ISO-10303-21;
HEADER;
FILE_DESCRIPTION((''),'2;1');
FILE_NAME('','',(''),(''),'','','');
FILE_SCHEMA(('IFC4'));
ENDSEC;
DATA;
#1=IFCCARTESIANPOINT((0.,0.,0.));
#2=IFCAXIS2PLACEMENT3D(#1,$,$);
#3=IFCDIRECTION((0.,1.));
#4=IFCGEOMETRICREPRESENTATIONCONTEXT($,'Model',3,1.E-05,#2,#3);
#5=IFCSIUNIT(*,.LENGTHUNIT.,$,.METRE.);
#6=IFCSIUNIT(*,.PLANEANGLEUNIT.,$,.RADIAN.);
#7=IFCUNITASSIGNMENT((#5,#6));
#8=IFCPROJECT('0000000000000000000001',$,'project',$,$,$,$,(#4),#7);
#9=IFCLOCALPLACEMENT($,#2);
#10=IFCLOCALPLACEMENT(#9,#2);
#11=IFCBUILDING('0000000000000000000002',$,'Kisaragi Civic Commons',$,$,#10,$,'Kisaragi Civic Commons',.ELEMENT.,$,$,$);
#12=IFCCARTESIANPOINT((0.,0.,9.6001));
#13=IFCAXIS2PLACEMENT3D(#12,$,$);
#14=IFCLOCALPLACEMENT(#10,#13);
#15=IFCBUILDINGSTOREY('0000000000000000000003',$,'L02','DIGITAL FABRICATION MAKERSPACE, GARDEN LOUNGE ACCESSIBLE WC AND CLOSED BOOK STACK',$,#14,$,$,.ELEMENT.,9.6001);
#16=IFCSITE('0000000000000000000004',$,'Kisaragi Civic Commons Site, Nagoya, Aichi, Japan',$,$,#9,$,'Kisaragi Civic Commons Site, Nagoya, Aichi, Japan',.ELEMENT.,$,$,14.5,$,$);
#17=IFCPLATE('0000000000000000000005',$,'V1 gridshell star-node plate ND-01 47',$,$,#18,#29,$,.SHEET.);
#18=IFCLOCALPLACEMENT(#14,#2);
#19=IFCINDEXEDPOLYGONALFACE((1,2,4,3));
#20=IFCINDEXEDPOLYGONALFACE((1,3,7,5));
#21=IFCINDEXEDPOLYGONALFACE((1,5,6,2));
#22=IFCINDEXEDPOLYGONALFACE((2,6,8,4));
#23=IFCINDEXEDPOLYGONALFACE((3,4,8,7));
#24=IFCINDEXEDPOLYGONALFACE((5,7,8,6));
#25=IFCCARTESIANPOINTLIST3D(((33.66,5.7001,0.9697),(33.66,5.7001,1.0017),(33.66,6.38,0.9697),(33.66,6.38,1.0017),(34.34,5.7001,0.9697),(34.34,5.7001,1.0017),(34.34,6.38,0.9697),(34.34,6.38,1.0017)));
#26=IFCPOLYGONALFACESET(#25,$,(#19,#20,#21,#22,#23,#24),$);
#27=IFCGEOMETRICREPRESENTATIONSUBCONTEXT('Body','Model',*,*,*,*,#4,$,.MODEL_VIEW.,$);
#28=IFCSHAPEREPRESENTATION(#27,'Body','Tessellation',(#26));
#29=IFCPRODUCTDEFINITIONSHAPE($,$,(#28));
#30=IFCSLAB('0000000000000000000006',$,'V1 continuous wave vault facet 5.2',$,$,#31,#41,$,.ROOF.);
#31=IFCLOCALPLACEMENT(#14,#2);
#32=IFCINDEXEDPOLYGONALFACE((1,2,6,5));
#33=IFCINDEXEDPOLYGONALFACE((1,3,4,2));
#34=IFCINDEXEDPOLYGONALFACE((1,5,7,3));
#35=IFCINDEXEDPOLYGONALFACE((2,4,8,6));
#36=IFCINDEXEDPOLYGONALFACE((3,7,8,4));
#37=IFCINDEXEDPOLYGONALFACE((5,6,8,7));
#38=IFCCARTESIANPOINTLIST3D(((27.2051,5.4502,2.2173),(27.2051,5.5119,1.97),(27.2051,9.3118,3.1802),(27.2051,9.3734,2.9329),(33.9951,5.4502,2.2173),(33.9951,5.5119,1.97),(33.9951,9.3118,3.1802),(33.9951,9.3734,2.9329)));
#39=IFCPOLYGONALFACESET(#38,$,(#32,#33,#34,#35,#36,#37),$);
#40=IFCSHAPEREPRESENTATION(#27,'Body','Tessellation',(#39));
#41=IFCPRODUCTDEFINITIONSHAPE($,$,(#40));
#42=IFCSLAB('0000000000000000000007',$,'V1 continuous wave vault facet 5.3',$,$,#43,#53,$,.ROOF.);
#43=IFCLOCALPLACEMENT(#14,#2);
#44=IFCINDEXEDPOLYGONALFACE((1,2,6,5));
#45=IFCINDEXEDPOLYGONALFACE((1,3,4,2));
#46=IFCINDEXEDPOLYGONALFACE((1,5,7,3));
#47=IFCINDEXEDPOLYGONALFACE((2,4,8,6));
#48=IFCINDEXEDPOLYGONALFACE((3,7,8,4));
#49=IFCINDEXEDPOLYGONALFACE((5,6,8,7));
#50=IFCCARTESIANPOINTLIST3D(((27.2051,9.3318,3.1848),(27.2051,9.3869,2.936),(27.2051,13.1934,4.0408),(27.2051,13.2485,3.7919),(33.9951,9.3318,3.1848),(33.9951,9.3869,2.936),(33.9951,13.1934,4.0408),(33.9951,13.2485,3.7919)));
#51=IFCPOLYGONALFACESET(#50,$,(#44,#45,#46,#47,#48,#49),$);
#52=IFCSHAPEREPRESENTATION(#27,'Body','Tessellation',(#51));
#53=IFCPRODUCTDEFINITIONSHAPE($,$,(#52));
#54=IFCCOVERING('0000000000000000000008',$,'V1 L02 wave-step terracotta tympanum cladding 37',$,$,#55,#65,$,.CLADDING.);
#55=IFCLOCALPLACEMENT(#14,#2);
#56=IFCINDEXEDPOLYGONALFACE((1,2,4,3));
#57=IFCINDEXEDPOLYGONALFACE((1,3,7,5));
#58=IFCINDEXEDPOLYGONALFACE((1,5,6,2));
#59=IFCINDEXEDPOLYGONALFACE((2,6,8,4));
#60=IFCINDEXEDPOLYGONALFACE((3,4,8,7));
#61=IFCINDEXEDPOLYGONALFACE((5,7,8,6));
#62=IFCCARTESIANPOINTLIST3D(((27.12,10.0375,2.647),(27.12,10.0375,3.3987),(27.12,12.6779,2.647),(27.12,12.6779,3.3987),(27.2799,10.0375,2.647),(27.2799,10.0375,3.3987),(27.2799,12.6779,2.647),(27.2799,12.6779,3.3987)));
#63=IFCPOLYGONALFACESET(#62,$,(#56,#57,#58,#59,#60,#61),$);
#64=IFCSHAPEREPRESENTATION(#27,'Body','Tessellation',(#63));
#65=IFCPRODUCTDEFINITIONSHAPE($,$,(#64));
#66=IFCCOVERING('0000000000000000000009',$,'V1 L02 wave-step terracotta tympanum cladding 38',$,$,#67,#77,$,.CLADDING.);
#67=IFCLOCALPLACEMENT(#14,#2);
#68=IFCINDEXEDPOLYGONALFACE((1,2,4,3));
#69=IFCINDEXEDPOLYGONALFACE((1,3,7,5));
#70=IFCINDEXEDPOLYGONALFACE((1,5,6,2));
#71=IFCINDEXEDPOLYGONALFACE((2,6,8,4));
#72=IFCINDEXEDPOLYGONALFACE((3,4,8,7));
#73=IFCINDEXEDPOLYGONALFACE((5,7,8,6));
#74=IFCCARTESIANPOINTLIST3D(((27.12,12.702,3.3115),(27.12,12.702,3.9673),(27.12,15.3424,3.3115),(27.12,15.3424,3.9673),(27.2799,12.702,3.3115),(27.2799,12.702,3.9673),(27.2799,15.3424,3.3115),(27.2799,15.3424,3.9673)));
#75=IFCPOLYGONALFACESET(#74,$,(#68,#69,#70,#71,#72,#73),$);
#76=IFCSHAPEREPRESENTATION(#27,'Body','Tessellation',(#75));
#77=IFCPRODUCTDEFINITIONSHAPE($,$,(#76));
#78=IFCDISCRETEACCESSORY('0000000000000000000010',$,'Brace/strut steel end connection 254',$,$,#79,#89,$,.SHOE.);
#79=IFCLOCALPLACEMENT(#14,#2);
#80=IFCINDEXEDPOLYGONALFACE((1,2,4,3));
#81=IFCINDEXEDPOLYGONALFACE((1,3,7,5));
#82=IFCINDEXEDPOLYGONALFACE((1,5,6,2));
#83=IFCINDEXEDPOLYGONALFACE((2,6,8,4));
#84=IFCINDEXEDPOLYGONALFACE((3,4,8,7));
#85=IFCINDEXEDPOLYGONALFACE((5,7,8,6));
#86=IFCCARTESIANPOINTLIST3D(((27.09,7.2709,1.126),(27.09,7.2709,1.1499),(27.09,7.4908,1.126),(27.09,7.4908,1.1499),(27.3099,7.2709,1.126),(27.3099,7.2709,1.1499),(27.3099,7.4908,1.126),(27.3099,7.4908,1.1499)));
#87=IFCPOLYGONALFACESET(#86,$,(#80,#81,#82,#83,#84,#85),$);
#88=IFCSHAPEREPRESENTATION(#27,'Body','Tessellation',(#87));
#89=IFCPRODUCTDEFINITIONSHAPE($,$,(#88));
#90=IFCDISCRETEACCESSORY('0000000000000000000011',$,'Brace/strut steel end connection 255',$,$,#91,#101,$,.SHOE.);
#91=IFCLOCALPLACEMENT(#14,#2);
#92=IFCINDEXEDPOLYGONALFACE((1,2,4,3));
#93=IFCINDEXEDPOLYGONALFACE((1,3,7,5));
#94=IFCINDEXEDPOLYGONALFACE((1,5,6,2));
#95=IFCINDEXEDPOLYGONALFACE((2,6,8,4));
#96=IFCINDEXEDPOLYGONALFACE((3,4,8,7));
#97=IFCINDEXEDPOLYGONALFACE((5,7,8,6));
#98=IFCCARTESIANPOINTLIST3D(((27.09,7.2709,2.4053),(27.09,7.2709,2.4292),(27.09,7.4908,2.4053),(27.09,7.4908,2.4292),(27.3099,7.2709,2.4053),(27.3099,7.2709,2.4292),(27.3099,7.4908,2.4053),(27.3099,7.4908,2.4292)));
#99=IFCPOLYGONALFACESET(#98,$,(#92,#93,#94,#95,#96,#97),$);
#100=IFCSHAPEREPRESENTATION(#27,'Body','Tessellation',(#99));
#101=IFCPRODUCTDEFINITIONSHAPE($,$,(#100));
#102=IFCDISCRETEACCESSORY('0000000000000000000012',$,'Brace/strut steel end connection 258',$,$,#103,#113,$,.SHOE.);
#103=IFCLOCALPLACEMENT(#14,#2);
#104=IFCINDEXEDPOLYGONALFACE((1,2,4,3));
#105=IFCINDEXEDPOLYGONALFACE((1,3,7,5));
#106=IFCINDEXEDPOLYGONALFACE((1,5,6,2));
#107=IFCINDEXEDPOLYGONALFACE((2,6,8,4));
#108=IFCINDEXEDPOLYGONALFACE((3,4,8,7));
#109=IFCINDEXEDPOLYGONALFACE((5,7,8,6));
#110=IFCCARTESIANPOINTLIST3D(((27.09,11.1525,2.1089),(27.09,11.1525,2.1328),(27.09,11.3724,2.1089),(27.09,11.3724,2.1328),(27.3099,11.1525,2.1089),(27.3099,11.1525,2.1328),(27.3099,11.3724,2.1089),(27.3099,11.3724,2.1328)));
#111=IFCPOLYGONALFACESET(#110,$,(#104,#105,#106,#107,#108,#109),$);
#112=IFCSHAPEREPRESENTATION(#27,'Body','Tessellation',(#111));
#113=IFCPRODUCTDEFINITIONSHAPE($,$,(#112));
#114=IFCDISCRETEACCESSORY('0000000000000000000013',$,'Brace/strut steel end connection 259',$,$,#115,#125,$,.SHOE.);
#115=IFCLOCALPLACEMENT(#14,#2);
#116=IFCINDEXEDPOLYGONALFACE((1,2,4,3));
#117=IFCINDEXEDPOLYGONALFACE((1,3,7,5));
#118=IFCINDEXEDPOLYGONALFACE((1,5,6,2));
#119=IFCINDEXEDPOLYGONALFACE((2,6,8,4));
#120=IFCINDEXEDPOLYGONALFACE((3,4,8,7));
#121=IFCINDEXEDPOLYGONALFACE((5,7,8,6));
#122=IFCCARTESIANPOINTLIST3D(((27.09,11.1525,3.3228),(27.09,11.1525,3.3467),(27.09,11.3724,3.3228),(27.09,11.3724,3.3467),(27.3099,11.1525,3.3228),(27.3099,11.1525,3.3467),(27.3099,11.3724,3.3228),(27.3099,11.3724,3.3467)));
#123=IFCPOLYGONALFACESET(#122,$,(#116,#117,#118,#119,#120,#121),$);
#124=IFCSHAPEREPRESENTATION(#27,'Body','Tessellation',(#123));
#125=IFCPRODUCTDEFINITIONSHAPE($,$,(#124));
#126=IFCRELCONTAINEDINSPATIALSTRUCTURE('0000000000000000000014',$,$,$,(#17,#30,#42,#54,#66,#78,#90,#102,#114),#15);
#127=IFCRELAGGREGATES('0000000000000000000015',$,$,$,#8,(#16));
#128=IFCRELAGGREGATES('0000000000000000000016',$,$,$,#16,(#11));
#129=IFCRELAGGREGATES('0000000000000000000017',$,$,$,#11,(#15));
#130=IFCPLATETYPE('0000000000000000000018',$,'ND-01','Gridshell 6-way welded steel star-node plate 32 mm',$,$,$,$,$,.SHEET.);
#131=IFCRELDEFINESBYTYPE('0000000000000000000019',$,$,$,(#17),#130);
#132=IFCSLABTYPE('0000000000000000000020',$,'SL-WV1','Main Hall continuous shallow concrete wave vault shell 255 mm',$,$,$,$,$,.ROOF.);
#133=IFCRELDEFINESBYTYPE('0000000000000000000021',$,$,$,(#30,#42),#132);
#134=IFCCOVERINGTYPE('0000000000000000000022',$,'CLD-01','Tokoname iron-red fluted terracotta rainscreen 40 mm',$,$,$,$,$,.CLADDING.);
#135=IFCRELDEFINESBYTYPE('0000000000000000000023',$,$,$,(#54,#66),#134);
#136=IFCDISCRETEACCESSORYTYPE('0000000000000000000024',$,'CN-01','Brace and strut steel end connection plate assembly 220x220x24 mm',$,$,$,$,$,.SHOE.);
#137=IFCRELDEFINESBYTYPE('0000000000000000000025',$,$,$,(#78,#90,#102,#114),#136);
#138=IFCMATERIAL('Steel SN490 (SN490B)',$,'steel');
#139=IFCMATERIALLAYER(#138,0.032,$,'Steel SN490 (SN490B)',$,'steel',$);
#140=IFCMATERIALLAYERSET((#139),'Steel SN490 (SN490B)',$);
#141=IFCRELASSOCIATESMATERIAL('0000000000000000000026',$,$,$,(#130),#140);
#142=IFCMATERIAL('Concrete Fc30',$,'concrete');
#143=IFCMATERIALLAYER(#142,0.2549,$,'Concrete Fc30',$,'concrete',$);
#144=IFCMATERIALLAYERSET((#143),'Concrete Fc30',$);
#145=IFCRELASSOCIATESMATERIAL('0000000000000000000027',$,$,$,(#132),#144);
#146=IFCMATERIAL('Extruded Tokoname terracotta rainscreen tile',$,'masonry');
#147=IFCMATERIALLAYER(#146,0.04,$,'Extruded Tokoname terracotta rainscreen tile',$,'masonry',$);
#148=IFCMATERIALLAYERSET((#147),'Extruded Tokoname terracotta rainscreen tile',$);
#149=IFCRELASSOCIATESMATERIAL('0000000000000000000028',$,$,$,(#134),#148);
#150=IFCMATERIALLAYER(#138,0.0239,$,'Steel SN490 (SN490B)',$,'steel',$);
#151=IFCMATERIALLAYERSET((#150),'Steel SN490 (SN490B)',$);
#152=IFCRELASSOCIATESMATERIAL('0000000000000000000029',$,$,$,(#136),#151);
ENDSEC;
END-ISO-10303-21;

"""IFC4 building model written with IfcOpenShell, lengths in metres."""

from ifc_helpers import new_model, si_unit, direction, frame, origin, origin_2d, place, context, subcontext, project, spatial, polyline, rectangle, outline, extrude, material, layer, layer_set, type_object, element, save


model = new_model("IFC4")

# Units and contexts
model_context = context("Model", 3, precision=1e-05, world=origin(), true_north=direction((0.0, 1.0)))
body_context = subcontext(model_context, "Body", "Model", "MODEL_VIEW")
ifc_project = project(units=[si_unit("LENGTHUNIT", "METRE"), si_unit("PLANEANGLEUNIT", "RADIAN")], contexts=[model_context])

# Site, building, storey
site_placement = place(None, origin())
site = spatial("IfcSite", under=ifc_project, at=site_placement, Name="Kisaragi Civic Commons Site, Nagoya, Aichi, Japan", LongName="Kisaragi Civic Commons Site, Nagoya, Aichi, Japan", CompositionType="ELEMENT", RefElevation=14.5)
building_placement = place(site_placement, origin())
building = spatial("IfcBuilding", under=site, at=building_placement, Name="Kisaragi Civic Commons", LongName="Kisaragi Civic Commons", CompositionType="ELEMENT")
storey_placement = place(building_placement, frame((0.0, 0.0, 9.6001)))
storey = spatial("IfcBuildingStorey", under=building, at=storey_placement, Name="L02", Description="DIGITAL FABRICATION MAKERSPACE, GARDEN LOUNGE ACCESSIBLE WC AND CLOSED BOOK STACK", CompositionType="ELEMENT", Elevation=9.6001)

# Shared definitions
ifc_material_1 = material(Name="Steel SN490 (SN490B)", Category="steel")

# Plate
ifc_layer_1 = layer(ifc_material_1, 0.032, Name="Steel SN490 (SN490B)", Category="steel")
ifc_layer_set_1 = layer_set([ifc_layer_1], Name="Steel SN490 (SN490B)")
plate_type_1 = type_object("IfcPlateType", Name="ND-01", Description="Gridshell 6-way welded steel star-node plate 32 mm", PredefinedType="SHEET", material=ifc_layer_set_1)
plate_1_placement = place(storey_placement, frame((34.0, 6.04, 0.9697), z_axis=(0.0, 0.0, 1.0), x_axis=(1.0, 0.0, 0.0)))
element("IfcPlate", 1, at=plate_1_placement, inside=storey, type_object=plate_type_1, Name="V1 gridshell star-node plate ND-01 47", PredefinedType="SHEET", context=body_context, shape_type="SweptSolid", body=[
    extrude(rectangle(XDim=0.6799, YDim=0.6799, at=origin_2d()), origin(), (0.0, 0.0, 1.0), 0.032),
])

# Slabs
ifc_material_2 = material(Name="Concrete Fc30", Category="concrete")
ifc_layer_2 = layer(ifc_material_2, 0.2549, Name="Concrete Fc30", Category="concrete")
ifc_layer_set_2 = layer_set([ifc_layer_2], Name="Concrete Fc30")
slab_type = type_object("IfcSlabType", Name="SL-WV1", Description="Main Hall continuous shallow concrete wave vault shell 255 mm", PredefinedType="ROOF", material=ifc_layer_set_2)
slab_1_placement = place(storey_placement, frame((33.9951, 9.3118, 3.1802), z_axis=(0.0, -0.241944, 0.97029), x_axis=(-1.0, 0.0, 0.0)))
element("IfcSlab", 2, at=slab_1_placement, inside=storey, type_object=slab_type, Name="V1 continuous wave vault facet 5.2", PredefinedType="ROOF", context=body_context, shape_type="SweptSolid", body=[
    extrude(outline(polyline([(0.0, 0.0), (6.79, 0.0), (6.79, 3.9798), (0.0, 3.9798), (0.0, 0.0)])), origin(), (0.0, 0.0, -1.0), 0.2549),
])
slab_2_placement = place(storey_placement, frame((33.9951, 13.1934, 4.0408), z_axis=(0.0, -0.216408, 0.976303), x_axis=(-1.0, 0.0, 0.0)))
element("IfcSlab", 3, at=slab_2_placement, inside=storey, type_object=slab_type, Name="V1 continuous wave vault facet 5.3", PredefinedType="ROOF", context=body_context, shape_type="SweptSolid", body=[
    extrude(outline(polyline([(0.0, 0.0), (6.79, 0.0), (6.79, 3.9553), (0.0, 3.9553), (0.0, 0.0)])), origin(), (0.0, 0.0, -1.0), 0.2549),
])

# Coverings
ifc_material_3 = material(Name="Extruded Tokoname terracotta rainscreen tile", Category="masonry")
ifc_layer_3 = layer(ifc_material_3, 0.04, Name="Extruded Tokoname terracotta rainscreen tile", Category="masonry")
ifc_layer_set_3 = layer_set([ifc_layer_3], Name="Extruded Tokoname terracotta rainscreen tile")
covering_type = type_object("IfcCoveringType", Name="CLD-01", Description="Tokoname iron-red fluted terracotta rainscreen 40 mm", PredefinedType="CLADDING", material=ifc_layer_set_3)
covering_1_placement = place(storey_placement, frame((27.2, 11.3577, 2.647), z_axis=(0.0, 0.0, 1.0), x_axis=(0.0, 1.0, 0.0)))
element("IfcCovering", 4, at=covering_1_placement, inside=storey, type_object=covering_type, Name="V1 L02 wave-step terracotta tympanum cladding 37", PredefinedType="CLADDING", context=body_context, shape_type="SweptSolid", body=[
    extrude(rectangle(XDim=2.6404, YDim=0.1599, at=origin_2d()), origin(), (0.0, 0.0, 1.0), 0.7517),
])
covering_2_placement = place(storey_placement, frame((27.2, 14.0222, 3.3115), z_axis=(0.0, 0.0, 1.0), x_axis=(0.0, 1.0, 0.0)))
element("IfcCovering", 5, at=covering_2_placement, inside=storey, type_object=covering_type, Name="V1 L02 wave-step terracotta tympanum cladding 38", PredefinedType="CLADDING", context=body_context, shape_type="SweptSolid", body=[
    extrude(rectangle(XDim=2.6404, YDim=0.1599, at=origin_2d()), origin(), (0.0, 0.0, 1.0), 0.6558),
])

# Discrete accessories
ifc_layer_4 = layer(ifc_material_1, 0.0239, Name="Steel SN490 (SN490B)", Category="steel")
ifc_layer_set_4 = layer_set([ifc_layer_4], Name="Steel SN490 (SN490B)")
discrete_accessory_type = type_object("IfcDiscreteAccessoryType", Name="CN-01", Description="Brace and strut steel end connection plate assembly 220x220x24 mm", PredefinedType="SHOE", material=ifc_layer_set_4)
for number, where, z_axis, x_axis, name in (
    (6, (27.2, 7.3809, 1.126), (0.0, 0.0, 1.0), (1.0, 0.0, 0.0), "Brace/strut steel end connection 254"),
    (7, (27.2, 7.3809, 2.4053), (0.0, 0.0, 1.0), (1.0, 0.0, 0.0), "Brace/strut steel end connection 255"),
    (8, (27.2, 11.2625, 2.1089), (0.0, 0.0, 1.0), (1.0, 0.0, 0.0), "Brace/strut steel end connection 258"),
    (9, (27.2, 11.2625, 3.3228), (0.0, 0.0, 1.0), (1.0, 0.0, 0.0), "Brace/strut steel end connection 259"),
):
    element("IfcDiscreteAccessory", number, at=place(storey_placement, frame(where, z_axis=z_axis, x_axis=x_axis)), inside=storey, type_object=discrete_accessory_type, Name=name, PredefinedType="SHOE", context=body_context, shape_type="SweptSolid", body=[
        extrude(rectangle(XDim=0.22, YDim=0.22, at=origin_2d()), origin(), (0.0, 0.0, 1.0), 0.0239),
    ])

save(model, "model.ifc")
